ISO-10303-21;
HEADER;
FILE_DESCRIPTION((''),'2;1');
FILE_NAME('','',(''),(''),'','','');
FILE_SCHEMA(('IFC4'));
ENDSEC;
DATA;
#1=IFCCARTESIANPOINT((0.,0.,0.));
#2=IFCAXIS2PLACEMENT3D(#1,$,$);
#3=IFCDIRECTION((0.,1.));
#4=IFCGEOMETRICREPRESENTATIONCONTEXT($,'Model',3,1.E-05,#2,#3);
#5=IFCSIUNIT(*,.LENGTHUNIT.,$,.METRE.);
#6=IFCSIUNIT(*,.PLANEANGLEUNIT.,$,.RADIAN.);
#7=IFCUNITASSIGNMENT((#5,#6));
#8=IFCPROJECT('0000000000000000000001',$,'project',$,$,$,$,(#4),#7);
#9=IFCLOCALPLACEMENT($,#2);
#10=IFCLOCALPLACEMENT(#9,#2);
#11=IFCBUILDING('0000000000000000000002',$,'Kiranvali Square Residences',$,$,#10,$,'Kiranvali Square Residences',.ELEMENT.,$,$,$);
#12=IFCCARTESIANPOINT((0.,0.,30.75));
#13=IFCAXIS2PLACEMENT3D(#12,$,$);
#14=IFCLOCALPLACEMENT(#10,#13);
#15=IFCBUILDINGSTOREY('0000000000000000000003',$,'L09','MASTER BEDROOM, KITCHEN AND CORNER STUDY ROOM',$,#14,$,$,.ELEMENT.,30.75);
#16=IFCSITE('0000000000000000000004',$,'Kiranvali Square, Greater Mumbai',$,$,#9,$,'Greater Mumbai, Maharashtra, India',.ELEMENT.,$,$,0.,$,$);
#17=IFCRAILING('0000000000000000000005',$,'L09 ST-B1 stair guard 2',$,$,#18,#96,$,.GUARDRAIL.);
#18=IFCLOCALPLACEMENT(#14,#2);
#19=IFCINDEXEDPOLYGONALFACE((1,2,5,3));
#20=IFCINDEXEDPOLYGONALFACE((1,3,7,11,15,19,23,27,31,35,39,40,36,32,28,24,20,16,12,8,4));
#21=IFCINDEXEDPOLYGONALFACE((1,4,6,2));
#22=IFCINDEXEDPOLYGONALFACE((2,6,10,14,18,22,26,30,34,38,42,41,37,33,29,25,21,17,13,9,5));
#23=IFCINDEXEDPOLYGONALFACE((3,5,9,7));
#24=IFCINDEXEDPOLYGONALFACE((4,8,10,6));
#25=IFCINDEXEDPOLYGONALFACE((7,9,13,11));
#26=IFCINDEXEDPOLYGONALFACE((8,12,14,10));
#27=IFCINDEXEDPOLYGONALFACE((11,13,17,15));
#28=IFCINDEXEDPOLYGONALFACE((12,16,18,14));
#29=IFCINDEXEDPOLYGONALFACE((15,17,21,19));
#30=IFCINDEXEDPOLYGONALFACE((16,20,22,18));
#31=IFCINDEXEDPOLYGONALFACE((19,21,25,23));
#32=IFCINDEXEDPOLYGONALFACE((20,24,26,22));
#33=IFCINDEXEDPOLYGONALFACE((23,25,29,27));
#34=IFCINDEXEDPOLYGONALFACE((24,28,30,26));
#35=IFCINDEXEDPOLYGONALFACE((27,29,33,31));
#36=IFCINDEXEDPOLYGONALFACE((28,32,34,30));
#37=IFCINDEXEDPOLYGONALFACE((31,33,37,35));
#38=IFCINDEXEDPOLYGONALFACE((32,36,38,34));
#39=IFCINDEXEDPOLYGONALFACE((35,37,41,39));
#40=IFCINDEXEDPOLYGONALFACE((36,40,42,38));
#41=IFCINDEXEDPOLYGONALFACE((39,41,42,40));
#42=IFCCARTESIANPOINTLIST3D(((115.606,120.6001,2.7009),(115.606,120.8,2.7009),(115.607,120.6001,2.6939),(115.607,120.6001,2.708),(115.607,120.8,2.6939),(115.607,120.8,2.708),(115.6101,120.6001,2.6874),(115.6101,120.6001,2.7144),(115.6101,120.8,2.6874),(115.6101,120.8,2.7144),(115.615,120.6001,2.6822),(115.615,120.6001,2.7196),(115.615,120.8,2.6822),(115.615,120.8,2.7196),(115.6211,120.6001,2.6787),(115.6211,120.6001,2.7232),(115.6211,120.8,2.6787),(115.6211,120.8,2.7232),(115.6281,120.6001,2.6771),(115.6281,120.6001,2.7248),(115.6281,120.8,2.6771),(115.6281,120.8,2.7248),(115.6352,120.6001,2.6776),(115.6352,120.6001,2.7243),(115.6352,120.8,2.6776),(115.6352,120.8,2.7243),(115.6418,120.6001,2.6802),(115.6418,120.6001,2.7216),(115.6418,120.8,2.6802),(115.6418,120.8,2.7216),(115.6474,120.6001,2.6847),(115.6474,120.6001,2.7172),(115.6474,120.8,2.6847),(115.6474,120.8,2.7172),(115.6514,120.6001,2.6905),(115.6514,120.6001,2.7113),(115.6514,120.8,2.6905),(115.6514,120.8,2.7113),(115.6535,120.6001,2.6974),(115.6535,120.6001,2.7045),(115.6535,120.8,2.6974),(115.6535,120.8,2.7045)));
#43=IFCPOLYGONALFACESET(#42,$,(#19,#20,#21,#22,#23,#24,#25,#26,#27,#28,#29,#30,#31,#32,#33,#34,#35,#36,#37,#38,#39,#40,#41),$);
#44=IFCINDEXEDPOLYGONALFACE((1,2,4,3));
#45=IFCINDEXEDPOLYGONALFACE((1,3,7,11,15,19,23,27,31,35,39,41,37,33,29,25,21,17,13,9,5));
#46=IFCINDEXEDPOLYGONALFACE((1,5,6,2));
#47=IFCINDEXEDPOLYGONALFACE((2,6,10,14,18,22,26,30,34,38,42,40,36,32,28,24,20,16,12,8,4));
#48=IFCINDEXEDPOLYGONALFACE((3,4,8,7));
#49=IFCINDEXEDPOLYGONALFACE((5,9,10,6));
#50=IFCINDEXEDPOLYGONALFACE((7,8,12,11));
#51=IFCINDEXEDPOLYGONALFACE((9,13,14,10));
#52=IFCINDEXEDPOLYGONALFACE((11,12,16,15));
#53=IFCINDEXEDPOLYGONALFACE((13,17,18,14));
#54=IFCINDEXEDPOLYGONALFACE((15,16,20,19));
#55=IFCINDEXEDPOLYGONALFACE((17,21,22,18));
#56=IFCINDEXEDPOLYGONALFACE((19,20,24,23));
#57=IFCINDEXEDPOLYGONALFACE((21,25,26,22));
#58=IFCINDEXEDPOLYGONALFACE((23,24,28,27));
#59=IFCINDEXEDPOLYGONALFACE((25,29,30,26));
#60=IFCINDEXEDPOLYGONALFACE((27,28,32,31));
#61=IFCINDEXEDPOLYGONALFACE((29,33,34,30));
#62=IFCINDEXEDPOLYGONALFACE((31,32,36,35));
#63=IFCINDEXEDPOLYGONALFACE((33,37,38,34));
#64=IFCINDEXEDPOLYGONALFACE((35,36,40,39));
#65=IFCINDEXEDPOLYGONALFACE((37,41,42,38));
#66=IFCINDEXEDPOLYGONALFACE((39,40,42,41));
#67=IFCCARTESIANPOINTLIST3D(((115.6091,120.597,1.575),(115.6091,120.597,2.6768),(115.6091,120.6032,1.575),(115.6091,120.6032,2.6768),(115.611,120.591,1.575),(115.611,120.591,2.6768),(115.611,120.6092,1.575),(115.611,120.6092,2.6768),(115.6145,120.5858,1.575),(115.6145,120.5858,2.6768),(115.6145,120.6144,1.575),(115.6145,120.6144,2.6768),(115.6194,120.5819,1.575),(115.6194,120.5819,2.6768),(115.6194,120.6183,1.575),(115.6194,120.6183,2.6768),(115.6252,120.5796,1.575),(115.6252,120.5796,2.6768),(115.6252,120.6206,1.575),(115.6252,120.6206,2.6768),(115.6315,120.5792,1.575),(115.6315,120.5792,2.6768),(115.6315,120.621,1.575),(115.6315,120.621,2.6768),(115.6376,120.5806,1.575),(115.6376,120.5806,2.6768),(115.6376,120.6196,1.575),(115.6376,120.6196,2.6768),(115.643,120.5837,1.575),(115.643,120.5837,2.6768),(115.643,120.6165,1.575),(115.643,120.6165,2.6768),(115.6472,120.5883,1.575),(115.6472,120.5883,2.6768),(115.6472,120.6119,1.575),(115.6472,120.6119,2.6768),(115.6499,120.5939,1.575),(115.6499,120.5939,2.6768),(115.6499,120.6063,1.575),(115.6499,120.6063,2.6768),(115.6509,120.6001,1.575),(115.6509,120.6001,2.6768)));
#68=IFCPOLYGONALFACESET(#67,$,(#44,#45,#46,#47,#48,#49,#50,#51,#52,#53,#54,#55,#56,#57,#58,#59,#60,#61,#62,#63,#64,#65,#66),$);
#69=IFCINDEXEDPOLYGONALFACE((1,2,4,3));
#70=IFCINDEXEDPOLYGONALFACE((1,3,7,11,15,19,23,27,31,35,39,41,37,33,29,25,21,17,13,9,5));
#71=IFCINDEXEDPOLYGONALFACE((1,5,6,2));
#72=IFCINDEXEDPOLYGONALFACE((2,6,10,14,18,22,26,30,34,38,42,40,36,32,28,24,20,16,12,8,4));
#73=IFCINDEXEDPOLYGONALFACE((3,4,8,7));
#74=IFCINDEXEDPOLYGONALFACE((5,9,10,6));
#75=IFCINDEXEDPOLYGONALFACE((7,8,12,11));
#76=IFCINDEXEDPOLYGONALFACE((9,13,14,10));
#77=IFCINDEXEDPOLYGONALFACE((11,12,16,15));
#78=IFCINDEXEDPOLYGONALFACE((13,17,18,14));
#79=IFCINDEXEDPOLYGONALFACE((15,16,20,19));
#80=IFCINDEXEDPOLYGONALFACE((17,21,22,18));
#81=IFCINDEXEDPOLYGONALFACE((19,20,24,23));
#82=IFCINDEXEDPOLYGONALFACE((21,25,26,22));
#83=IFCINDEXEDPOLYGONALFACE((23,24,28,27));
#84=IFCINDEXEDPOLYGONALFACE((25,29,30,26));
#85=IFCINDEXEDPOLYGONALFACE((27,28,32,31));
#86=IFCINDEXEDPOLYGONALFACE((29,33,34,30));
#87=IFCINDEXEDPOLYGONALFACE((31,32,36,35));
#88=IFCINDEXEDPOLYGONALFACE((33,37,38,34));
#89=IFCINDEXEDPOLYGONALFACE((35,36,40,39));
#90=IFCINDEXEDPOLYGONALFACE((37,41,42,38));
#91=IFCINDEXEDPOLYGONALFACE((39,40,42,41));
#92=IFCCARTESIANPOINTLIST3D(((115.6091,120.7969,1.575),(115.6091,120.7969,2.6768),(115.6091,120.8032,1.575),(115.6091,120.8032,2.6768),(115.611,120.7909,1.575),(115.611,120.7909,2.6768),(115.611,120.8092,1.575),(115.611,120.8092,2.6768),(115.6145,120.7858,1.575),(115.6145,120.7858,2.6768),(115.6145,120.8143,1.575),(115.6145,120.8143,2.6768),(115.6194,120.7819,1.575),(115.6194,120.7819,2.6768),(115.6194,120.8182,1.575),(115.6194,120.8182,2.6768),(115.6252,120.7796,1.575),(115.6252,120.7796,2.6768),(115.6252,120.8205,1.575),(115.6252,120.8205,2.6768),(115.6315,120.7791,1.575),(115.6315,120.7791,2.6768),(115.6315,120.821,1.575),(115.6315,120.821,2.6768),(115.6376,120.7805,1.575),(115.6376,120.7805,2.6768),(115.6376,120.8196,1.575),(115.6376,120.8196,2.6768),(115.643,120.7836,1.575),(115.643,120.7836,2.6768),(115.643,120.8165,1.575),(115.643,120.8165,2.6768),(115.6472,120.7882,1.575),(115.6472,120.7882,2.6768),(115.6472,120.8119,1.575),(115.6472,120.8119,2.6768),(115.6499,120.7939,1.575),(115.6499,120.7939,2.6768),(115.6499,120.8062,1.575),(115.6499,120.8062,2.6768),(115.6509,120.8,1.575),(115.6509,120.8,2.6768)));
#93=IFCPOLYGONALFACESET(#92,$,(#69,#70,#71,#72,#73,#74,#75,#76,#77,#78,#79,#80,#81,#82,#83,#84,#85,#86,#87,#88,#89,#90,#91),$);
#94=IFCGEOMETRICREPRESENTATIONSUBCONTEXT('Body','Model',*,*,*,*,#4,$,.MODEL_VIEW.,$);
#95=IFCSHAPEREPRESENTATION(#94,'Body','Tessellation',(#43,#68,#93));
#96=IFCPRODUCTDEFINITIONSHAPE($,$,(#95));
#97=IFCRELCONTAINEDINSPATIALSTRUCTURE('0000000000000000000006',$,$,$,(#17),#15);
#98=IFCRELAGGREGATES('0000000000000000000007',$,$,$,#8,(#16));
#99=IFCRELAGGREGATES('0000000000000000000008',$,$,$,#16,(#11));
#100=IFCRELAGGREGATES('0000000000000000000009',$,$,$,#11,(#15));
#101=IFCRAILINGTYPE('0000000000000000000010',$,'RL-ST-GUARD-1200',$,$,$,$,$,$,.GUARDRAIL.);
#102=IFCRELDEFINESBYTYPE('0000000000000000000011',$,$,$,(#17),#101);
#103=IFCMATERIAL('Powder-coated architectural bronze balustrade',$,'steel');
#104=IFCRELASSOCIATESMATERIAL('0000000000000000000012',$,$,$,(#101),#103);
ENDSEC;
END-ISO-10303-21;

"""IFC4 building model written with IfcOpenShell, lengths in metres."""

from ifc_helpers import new_model, si_unit, direction, frame, origin, origin_2d, place, context, subcontext, project, spatial, circle, extrude, material, type_object, element, save


model = new_model("IFC4")

# Units and contexts
model_context = context("Model", 3, precision=1e-05, world=origin(), true_north=direction((0.0, 1.0)))
body_context = subcontext(model_context, "Body", "Model", "MODEL_VIEW")
ifc_project = project(units=[si_unit("LENGTHUNIT", "METRE"), si_unit("PLANEANGLEUNIT", "RADIAN")], contexts=[model_context])

# Site, building, storey
site_placement = place(None, origin())
site = spatial("IfcSite", under=ifc_project, at=site_placement, Name="Kiranvali Square, Greater Mumbai", LongName="Greater Mumbai, Maharashtra, India", CompositionType="ELEMENT", RefElevation=0.0)
building_placement = place(site_placement, origin())
building = spatial("IfcBuilding", under=site, at=building_placement, Name="Kiranvali Square Residences", LongName="Kiranvali Square Residences", CompositionType="ELEMENT")
storey_placement = place(building_placement, frame((0.0, 0.0, 30.75)))
storey = spatial("IfcBuildingStorey", under=building, at=storey_placement, Name="L09", Description="MASTER BEDROOM, KITCHEN AND CORNER STUDY ROOM", CompositionType="ELEMENT", Elevation=30.75)

# Railing
ifc_material_1 = material(Name="Powder-coated architectural bronze balustrade", Category="steel")
railing_type_1 = type_object("IfcRailingType", Name="RL-ST-GUARD-1200", PredefinedType="GUARDRAIL", material=ifc_material_1)
railing_1_placement = place(storey_placement, frame((115.6299, 120.6001, 1.575)))
element("IfcRailing", 1, at=railing_1_placement, inside=storey, type_object=railing_type_1, Name="L09 ST-B1 stair guard 2", PredefinedType="GUARDRAIL", context=body_context, shape_type="SweptSolid", body=[
    extrude(circle(Radius=0.0239, at=origin_2d()), frame((0.0, 0.0, 1.126), z_axis=(0.0, 1.0, 0.0), x_axis=(-1.0, 0.0, 0.0)), (0.0, 0.0, 1.0), 0.2),
    extrude(circle(Radius=0.021, at=origin_2d()), origin(), (0.0, 0.0, 1.0), 1.1018),
    extrude(circle(Radius=0.021, at=origin_2d()), frame((0.0, 0.2, 0.0)), (0.0, 0.0, 1.0), 1.1018),
])

save(model, "model.ifc")
